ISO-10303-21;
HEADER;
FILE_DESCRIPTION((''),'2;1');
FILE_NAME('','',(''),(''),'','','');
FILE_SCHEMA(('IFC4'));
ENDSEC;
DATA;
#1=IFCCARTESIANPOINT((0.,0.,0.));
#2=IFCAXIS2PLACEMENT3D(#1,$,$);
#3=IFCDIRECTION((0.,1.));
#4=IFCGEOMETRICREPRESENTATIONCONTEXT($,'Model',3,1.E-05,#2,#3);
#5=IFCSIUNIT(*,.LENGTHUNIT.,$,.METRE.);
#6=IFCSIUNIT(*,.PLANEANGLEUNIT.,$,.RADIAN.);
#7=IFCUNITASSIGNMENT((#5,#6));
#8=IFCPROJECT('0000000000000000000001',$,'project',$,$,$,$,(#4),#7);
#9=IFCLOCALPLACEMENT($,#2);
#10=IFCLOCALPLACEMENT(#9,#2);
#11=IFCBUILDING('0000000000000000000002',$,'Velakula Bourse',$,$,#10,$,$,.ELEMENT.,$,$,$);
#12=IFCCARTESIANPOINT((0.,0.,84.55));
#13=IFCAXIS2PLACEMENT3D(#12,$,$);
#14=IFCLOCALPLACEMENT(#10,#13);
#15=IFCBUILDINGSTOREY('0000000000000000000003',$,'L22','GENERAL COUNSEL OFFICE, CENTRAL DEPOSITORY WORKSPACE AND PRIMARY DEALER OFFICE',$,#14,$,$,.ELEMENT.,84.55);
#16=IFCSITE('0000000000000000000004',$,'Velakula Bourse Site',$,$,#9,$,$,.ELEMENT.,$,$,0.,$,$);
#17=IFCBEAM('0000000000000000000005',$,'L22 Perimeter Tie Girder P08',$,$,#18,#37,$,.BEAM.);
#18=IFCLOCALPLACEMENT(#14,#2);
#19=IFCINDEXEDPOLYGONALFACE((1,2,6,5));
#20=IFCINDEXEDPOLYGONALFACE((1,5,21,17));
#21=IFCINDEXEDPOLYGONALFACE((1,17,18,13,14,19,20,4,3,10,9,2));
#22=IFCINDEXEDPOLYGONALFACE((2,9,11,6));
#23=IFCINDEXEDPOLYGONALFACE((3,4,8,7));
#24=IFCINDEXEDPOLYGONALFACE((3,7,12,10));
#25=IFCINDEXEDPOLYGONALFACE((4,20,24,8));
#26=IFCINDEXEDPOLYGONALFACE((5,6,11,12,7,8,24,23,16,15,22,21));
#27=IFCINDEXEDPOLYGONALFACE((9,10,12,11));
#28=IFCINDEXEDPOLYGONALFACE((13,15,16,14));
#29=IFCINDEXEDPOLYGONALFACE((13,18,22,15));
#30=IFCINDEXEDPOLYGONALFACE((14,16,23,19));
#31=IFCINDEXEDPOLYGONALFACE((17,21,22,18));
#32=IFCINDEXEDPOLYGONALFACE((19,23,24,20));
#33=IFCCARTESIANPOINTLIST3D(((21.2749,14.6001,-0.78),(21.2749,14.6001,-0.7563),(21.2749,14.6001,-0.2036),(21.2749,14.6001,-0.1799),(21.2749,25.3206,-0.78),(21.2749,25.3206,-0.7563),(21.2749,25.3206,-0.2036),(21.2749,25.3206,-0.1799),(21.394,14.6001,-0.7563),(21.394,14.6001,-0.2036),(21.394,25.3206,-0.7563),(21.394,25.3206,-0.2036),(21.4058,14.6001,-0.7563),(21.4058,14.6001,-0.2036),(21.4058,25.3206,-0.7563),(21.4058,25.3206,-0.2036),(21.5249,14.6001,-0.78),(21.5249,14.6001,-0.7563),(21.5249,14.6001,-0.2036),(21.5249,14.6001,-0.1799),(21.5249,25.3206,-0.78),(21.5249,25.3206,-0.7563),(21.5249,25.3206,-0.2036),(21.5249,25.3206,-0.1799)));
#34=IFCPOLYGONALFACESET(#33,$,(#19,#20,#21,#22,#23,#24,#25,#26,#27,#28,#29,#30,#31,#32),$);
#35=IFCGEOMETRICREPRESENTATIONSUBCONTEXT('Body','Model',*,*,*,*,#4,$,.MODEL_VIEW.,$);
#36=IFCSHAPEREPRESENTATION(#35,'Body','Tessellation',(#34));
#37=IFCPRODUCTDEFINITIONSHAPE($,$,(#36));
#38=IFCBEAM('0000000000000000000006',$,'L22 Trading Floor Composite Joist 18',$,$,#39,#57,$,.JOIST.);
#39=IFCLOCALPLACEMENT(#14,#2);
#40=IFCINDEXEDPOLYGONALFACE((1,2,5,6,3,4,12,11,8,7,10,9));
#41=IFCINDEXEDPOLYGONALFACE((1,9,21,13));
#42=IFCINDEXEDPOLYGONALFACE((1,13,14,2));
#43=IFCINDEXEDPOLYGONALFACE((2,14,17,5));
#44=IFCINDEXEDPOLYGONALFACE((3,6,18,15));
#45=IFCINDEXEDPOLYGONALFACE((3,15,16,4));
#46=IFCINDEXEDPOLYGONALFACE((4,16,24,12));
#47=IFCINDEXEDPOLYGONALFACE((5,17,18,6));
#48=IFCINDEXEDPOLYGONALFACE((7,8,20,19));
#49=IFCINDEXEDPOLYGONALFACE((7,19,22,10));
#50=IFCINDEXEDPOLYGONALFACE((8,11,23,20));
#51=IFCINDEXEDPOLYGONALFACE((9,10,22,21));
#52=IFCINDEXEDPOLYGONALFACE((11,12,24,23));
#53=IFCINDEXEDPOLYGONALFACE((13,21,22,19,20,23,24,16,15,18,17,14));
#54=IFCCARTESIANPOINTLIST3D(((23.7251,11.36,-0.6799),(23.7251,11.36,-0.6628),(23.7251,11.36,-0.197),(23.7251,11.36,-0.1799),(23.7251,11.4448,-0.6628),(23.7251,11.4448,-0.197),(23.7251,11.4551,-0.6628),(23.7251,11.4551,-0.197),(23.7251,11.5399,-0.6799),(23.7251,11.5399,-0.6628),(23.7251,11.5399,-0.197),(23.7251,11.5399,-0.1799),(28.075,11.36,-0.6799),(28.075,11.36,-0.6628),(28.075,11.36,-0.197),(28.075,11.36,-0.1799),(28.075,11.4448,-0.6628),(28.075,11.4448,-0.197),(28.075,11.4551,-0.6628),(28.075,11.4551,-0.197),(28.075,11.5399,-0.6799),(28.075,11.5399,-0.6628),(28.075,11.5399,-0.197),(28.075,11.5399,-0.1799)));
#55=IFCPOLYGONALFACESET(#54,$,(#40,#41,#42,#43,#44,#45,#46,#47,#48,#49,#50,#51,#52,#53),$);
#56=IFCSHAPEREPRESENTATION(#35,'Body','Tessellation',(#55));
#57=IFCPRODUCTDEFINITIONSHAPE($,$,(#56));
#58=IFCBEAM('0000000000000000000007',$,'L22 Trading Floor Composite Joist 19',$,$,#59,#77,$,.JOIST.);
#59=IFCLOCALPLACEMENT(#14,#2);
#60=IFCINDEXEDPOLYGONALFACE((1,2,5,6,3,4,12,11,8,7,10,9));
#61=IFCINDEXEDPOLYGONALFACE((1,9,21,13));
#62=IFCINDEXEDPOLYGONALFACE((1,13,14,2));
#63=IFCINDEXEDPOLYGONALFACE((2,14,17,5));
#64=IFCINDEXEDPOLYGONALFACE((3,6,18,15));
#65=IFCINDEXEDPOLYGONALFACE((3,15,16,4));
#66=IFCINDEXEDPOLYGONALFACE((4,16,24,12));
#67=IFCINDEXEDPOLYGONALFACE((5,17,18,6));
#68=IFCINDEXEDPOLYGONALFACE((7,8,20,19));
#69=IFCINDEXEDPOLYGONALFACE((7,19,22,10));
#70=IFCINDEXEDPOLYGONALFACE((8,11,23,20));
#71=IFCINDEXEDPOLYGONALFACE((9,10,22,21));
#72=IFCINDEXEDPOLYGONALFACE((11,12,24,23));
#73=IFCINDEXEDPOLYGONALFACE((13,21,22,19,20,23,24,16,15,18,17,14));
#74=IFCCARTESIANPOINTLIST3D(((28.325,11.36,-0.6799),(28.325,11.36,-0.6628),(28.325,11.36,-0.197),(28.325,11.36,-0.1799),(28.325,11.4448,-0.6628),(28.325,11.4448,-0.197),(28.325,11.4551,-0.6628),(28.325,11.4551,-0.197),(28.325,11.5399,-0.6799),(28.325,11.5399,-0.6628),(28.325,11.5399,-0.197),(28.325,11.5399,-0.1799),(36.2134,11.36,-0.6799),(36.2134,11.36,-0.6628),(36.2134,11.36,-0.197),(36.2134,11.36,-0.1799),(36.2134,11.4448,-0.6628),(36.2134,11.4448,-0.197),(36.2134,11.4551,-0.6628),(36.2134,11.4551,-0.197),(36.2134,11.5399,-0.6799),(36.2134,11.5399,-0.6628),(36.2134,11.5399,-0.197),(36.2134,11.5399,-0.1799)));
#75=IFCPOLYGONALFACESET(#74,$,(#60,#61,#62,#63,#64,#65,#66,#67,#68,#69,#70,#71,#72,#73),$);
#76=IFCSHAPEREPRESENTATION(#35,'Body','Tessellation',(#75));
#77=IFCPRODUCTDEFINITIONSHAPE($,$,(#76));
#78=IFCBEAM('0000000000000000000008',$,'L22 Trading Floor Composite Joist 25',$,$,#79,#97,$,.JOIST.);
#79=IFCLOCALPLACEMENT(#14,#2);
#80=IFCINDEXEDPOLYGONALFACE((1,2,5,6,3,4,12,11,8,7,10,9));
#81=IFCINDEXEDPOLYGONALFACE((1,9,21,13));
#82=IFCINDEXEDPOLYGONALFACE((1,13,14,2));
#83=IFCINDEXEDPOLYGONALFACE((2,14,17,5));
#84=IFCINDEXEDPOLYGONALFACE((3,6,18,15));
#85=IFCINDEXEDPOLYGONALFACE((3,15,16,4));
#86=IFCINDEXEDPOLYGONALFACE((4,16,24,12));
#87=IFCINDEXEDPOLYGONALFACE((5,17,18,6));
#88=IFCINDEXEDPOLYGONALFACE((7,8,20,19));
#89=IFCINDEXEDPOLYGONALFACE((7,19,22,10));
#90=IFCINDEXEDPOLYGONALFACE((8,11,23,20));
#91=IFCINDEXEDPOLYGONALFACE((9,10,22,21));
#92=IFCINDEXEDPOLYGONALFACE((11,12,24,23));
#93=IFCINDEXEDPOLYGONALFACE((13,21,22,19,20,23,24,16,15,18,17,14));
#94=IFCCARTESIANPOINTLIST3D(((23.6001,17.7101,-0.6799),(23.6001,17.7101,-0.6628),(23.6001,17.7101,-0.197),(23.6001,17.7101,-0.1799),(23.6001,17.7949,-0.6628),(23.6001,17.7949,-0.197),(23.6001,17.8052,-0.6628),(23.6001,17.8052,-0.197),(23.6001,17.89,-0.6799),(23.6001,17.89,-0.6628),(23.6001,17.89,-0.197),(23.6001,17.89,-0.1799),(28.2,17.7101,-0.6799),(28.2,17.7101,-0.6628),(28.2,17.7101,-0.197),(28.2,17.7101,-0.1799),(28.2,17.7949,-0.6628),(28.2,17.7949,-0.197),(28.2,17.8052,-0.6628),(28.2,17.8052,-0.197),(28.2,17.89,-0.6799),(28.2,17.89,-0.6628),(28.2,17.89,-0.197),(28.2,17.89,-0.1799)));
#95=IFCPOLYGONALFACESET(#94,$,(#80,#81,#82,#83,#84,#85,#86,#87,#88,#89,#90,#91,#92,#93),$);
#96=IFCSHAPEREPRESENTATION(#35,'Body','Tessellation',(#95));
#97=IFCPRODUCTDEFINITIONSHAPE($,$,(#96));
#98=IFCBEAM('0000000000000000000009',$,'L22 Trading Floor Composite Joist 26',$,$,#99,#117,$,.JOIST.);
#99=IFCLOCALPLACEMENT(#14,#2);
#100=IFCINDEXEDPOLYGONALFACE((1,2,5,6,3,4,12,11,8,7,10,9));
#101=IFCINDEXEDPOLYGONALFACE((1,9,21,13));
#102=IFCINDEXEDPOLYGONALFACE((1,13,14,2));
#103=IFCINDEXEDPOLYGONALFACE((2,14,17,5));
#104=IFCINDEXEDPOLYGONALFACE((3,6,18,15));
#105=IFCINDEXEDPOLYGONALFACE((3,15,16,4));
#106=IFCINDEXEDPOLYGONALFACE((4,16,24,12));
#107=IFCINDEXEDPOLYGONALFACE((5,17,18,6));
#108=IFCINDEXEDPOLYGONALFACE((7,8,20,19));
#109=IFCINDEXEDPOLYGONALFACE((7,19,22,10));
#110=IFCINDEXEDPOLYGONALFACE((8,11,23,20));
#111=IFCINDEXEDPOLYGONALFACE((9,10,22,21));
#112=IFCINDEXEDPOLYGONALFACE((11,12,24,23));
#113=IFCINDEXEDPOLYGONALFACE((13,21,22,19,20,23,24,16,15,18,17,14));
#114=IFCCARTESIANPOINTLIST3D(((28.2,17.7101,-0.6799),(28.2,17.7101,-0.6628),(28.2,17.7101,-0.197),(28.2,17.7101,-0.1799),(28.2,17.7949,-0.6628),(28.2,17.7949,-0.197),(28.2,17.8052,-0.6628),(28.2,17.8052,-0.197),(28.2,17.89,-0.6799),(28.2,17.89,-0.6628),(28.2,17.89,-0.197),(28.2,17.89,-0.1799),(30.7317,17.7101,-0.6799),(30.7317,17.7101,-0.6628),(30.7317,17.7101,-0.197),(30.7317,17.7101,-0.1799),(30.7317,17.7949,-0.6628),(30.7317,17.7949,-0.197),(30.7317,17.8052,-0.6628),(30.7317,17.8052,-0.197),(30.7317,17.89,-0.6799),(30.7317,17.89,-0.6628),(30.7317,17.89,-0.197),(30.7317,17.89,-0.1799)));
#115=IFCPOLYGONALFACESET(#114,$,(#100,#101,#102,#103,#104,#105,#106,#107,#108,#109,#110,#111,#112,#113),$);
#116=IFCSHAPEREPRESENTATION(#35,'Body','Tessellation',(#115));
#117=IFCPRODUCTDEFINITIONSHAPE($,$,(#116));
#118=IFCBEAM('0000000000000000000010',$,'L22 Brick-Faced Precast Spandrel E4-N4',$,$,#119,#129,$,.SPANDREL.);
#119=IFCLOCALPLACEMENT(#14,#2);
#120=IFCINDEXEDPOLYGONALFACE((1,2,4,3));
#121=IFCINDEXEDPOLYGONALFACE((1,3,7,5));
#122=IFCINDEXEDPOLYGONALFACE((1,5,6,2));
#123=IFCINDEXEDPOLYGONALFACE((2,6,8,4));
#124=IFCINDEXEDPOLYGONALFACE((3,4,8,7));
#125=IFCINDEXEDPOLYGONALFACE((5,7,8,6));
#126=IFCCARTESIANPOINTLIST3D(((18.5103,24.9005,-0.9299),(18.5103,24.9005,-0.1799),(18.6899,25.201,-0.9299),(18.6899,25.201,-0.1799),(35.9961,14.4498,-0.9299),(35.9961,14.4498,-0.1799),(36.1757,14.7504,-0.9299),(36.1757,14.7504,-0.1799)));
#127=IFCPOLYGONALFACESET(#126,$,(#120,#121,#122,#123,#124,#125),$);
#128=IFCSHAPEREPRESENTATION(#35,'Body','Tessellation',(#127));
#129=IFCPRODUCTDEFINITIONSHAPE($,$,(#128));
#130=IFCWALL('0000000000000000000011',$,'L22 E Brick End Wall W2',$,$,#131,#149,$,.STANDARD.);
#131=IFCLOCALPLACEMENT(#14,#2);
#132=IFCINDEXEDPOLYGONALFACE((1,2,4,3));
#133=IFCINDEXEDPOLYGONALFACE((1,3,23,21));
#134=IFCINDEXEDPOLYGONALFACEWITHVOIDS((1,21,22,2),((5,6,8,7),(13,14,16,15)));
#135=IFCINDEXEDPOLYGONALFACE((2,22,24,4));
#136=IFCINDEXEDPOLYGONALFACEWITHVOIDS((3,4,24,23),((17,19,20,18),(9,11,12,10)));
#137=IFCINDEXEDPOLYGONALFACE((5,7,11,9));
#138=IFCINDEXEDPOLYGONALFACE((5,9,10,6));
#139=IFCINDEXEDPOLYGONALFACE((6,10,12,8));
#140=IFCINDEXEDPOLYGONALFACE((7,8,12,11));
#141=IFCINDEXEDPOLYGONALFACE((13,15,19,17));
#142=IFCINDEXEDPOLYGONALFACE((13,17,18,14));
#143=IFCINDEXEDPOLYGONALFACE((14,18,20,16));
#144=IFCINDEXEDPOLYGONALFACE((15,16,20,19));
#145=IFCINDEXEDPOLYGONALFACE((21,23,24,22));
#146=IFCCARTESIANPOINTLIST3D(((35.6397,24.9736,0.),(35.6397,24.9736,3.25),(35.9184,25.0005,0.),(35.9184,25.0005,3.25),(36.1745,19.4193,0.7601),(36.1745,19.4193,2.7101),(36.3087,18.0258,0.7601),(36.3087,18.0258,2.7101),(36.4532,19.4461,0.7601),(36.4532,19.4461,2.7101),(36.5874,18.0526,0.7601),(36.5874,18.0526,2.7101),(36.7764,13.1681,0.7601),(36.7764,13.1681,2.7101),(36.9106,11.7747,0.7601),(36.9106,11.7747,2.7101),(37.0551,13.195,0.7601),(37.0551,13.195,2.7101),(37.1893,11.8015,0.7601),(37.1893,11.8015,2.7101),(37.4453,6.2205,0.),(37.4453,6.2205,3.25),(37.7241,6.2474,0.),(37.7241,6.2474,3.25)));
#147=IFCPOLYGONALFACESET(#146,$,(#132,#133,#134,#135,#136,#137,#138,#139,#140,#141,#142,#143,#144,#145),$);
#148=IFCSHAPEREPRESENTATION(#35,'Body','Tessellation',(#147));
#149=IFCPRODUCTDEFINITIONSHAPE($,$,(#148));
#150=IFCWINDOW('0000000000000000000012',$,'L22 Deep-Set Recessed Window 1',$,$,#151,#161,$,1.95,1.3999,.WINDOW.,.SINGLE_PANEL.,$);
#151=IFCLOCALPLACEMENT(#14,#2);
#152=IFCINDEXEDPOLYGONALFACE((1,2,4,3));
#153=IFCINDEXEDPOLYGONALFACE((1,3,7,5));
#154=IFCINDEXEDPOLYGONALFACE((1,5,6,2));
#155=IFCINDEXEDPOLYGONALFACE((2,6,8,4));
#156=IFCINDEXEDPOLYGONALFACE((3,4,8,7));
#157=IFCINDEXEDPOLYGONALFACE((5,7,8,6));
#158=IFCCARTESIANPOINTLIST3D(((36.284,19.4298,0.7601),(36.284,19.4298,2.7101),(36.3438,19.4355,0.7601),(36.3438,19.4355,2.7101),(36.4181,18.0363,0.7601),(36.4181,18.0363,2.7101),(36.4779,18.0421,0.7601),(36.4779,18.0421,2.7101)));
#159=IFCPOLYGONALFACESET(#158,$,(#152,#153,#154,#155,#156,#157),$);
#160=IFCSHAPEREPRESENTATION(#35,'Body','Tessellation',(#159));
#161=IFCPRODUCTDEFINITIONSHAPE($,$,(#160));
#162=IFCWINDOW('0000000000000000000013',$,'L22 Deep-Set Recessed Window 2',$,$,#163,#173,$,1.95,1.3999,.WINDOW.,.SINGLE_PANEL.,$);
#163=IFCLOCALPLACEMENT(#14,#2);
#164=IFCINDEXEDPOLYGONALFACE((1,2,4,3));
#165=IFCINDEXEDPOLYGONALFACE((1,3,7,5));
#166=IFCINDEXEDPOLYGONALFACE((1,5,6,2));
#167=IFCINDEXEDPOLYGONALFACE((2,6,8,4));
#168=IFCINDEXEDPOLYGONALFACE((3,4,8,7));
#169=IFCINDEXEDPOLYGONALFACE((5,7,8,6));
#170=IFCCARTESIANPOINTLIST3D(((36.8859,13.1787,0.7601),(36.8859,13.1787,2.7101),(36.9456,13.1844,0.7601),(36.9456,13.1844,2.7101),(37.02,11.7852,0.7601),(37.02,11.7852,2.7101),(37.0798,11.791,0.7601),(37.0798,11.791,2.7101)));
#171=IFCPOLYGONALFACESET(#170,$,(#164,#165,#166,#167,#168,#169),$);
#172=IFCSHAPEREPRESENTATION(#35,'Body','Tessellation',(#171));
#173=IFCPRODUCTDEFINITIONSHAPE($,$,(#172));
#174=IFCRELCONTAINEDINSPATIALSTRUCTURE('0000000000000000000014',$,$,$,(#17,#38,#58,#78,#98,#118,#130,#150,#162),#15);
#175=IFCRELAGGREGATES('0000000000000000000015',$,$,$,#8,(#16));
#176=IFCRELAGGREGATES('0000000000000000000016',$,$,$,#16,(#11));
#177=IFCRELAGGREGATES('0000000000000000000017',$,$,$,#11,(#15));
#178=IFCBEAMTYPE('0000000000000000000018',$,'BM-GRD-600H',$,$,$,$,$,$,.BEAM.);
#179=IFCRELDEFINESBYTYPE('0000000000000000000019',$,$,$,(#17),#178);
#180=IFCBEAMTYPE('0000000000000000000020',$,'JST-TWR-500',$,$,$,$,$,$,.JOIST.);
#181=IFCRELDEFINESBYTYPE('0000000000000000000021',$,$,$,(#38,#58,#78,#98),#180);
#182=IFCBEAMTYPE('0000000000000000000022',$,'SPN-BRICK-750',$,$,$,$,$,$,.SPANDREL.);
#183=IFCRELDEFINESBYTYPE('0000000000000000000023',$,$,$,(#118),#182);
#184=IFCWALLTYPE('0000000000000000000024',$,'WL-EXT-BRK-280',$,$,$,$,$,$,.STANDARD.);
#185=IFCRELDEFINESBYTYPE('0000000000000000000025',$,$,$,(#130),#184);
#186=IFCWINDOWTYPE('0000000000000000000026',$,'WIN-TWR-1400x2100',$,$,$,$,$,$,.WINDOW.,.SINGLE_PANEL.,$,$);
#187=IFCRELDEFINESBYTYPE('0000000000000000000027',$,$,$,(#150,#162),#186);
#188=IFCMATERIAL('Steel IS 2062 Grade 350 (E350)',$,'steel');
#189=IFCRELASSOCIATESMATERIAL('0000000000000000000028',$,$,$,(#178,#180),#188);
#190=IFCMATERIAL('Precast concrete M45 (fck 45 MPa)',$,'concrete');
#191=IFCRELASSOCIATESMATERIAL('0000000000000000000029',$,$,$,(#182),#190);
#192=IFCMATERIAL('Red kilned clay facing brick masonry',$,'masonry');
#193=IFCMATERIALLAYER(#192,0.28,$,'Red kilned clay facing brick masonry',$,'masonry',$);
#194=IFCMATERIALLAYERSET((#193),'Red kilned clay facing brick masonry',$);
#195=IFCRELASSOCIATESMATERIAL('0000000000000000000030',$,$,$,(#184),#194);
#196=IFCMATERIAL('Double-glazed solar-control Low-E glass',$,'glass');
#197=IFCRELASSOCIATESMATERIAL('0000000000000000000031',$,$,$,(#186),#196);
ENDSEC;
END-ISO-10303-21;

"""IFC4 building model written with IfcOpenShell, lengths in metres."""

from ifc_helpers import new_model, si_unit, direction, frame, frame_2d, origin, origin_2d, place, context, subcontext, project, spatial, rectangle, i_section, extrude, material, layer, layer_set, material_profile, profile_set, type_object, element, fill, save


model = new_model("IFC4")

# Units and contexts
model_context = context("Model", 3, precision=1e-05, world=origin(), true_north=direction((0.0, 1.0)))
body_context = subcontext(model_context, "Body", "Model", "MODEL_VIEW")
ifc_project = project(units=[si_unit("LENGTHUNIT", "METRE"), si_unit("PLANEANGLEUNIT", "RADIAN")], contexts=[model_context])

# Site, building, storey
site_placement = place(None, origin())
site = spatial("IfcSite", under=ifc_project, at=site_placement, Name="Velakula Bourse Site", CompositionType="ELEMENT", RefElevation=0.0)
building_placement = place(site_placement, origin())
building = spatial("IfcBuilding", under=site, at=building_placement, Name="Velakula Bourse", CompositionType="ELEMENT")
storey_placement = place(building_placement, frame((0.0, 0.0, 84.55)))
storey = spatial("IfcBuildingStorey", under=building, at=storey_placement, Name="L22", Description="GENERAL COUNSEL OFFICE, CENTRAL DEPOSITORY WORKSPACE AND PRIMARY DEALER OFFICE", CompositionType="ELEMENT", Elevation=84.55)

# Shared definitions
ifc_material_1 = material(Name="Precast concrete M45 (fck 45 MPa)", Category="concrete")

# Beams
ifc_material_2 = material(Name="Steel IS 2062 Grade 350 (E350)", Category="steel")
ifc_material_profile_1 = material_profile(ifc_material_2, i_section(OverallWidth=0.25, OverallDepth=0.6001, WebThickness=0.0117, FlangeThickness=0.0237, at=origin_2d()), Name="Steel IS 2062 Grade 350 (E350)")
ifc_profile_set_1 = profile_set([ifc_material_profile_1], Name="Steel IS 2062 Grade 350 (E350)")
beam_type_1 = type_object("IfcBeamType", Name="BM-GRD-600H", PredefinedType="BEAM", material=ifc_profile_set_1)
beam_1_placement = place(storey_placement, frame((21.3999, 14.6001, -0.48), z_axis=(0.0, 1.0, 0.0), x_axis=(-1.0, 0.0, 0.0)))
element("IfcBeam", 1, at=beam_1_placement, inside=storey, type_object=beam_type_1, Name="L22 Perimeter Tie Girder P08", PredefinedType="BEAM", context=body_context, shape_type="SweptSolid", body=[
    extrude(i_section(OverallWidth=0.25, OverallDepth=0.6001, WebThickness=0.0117, FlangeThickness=0.0237, at=origin_2d()), origin(), (0.0, 0.0, 1.0), 10.7205),
])
ifc_material_profile_2 = material_profile(ifc_material_2, i_section(OverallWidth=0.1799, OverallDepth=0.5, WebThickness=0.0103, FlangeThickness=0.0171, at=origin_2d()), Name="Steel IS 2062 Grade 350 (E350)")
ifc_profile_set_2 = profile_set([ifc_material_profile_2], Name="Steel IS 2062 Grade 350 (E350)")
beam_type_2 = type_object("IfcBeamType", Name="JST-TWR-500", PredefinedType="JOIST", material=ifc_profile_set_2)
beam_2_placement = place(storey_placement, frame((23.7251, 11.45, -0.4299), z_axis=(1.0, 0.0, 0.0), x_axis=(0.0, 1.0, 0.0)))
element("IfcBeam", 2, at=beam_2_placement, inside=storey, type_object=beam_type_2, Name="L22 Trading Floor Composite Joist 18", PredefinedType="JOIST", context=body_context, shape_type="SweptSolid", body=[
    extrude(i_section(OverallWidth=0.1799, OverallDepth=0.5, WebThickness=0.0103, FlangeThickness=0.0171, at=origin_2d()), origin(), (0.0, 0.0, 1.0), 4.3499),
])
beam_3_placement = place(storey_placement, frame((28.325, 11.45, -0.4299), z_axis=(1.0, 0.0, 0.0), x_axis=(0.0, 1.0, 0.0)))
element("IfcBeam", 3, at=beam_3_placement, inside=storey, type_object=beam_type_2, Name="L22 Trading Floor Composite Joist 19", PredefinedType="JOIST", context=body_context, shape_type="SweptSolid", body=[
    extrude(i_section(OverallWidth=0.1799, OverallDepth=0.5, WebThickness=0.0103, FlangeThickness=0.0171, at=origin_2d()), origin(), (0.0, 0.0, 1.0), 7.8884),
])
beam_4_placement = place(storey_placement, frame((23.6001, 17.8, -0.4299), z_axis=(1.0, 0.0, 0.0), x_axis=(0.0, 1.0, 0.0)))
element("IfcBeam", 4, at=beam_4_placement, inside=storey, type_object=beam_type_2, Name="L22 Trading Floor Composite Joist 25", PredefinedType="JOIST", context=body_context, shape_type="SweptSolid", body=[
    extrude(i_section(OverallWidth=0.1799, OverallDepth=0.5, WebThickness=0.0103, FlangeThickness=0.0171, at=origin_2d()), origin(), (0.0, 0.0, 1.0), 4.5999),
])
beam_5_placement = place(storey_placement, frame((28.2, 17.8, -0.4299), z_axis=(1.0, 0.0, 0.0), x_axis=(0.0, 1.0, 0.0)))
element("IfcBeam", 5, at=beam_5_placement, inside=storey, type_object=beam_type_2, Name="L22 Trading Floor Composite Joist 26", PredefinedType="JOIST", context=body_context, shape_type="SweptSolid", body=[
    extrude(i_section(OverallWidth=0.1799, OverallDepth=0.5, WebThickness=0.0103, FlangeThickness=0.0171, at=origin_2d()), origin(), (0.0, 0.0, 1.0), 2.5317),
])
ifc_material_profile_3 = material_profile(ifc_material_1, rectangle(XDim=0.3501, YDim=0.75, at=origin_2d()), Name="Precast concrete M45 (fck 45 MPa)")
ifc_profile_set_3 = profile_set([ifc_material_profile_3], Name="Precast concrete M45 (fck 45 MPa)")
beam_type_3 = type_object("IfcBeamType", Name="SPN-BRICK-750", PredefinedType="SPANDREL", material=ifc_profile_set_3)
beam_6_placement = place(storey_placement, frame((36.0859, 14.6001, -0.5549), z_axis=(-0.858376, 0.513022, 0.0), x_axis=(-0.513022, -0.858376, 0.0)))
element("IfcBeam", 6, at=beam_6_placement, inside=storey, type_object=beam_type_3, Name="L22 Brick-Faced Precast Spandrel E4-N4", PredefinedType="SPANDREL", context=body_context, shape_type="SweptSolid", body=[
    extrude(rectangle(XDim=0.3501, YDim=0.75, at=origin_2d()), origin(), (0.0, 0.0, 1.0), 20.3708),
])

# Wall, openings, windows
ifc_material_3 = material(Name="Red kilned clay facing brick masonry", Category="masonry")
ifc_layer_1 = layer(ifc_material_3, 0.28, Name="Red kilned clay facing brick masonry", Category="masonry")
ifc_layer_set_1 = layer_set([ifc_layer_1], Name="Red kilned clay facing brick masonry")
wall_type_1 = type_object("IfcWallType", Name="WL-EXT-BRK-280", PredefinedType="STANDARD", material=ifc_layer_set_1)
wall_1_placement = place(storey_placement, frame((35.7791, 24.9871, 0.0), z_axis=(0.0, 0.0, 1.0), x_axis=(0.095843, -0.995397, 0.0)))
wall_1 = element("IfcWall", 7, at=wall_1_placement, inside=storey, type_object=wall_type_1, Name="L22 E Brick End Wall W2", PredefinedType="STANDARD", context=body_context, shape_type="SweptSolid", body=[
    extrude(rectangle(XDim=18.8398, YDim=0.28, at=frame_2d((9.4199, 0.0))), origin(), (0.0, 0.0, 1.0), 3.25),
])
opening_1_placement = place(wall_1_placement, frame((5.5801, 0.0, 0.76)))
opening_1 = element("IfcOpeningElement", 8, at=opening_1_placement, cuts=wall_1, PredefinedType="OPENING", context=body_context, shape_type="SweptSolid", body=[
    extrude(rectangle(XDim=1.3999, YDim=1.95, at=frame_2d((0.7, 0.9751))), frame((0.0, 0.1499, 0.0), z_axis=(0.0, -1.0, 0.0), x_axis=(1.0, 0.0, 0.0)), (0.0, 0.0, 1.0), 0.3),
])
opening_2_placement = place(wall_1_placement, frame((11.8601, 0.0, 0.76)))
opening_2 = element("IfcOpeningElement", 9, at=opening_2_placement, cuts=wall_1, PredefinedType="OPENING", context=body_context, shape_type="SweptSolid", body=[
    extrude(rectangle(XDim=1.3999, YDim=1.95, at=frame_2d((0.7, 0.9751))), frame((0.0, 0.1499, 0.0), z_axis=(0.0, -1.0, 0.0), x_axis=(1.0, 0.0, 0.0)), (0.0, 0.0, 1.0), 0.3),
])
ifc_material_4 = material(Name="Double-glazed solar-control Low-E glass", Category="glass")
window_type = type_object("IfcWindowType", Name="WIN-TWR-1400x2100", PartitioningType="SINGLE_PANEL", PredefinedType="WINDOW", material=ifc_material_4)
window_1_placement = place(opening_1_placement, origin())
window_1 = element("IfcWindow", 10, at=window_1_placement, inside=storey, type_object=window_type, Name="L22 Deep-Set Recessed Window 1", OverallHeight=1.95, OverallWidth=1.3999, PartitioningType="SINGLE_PANEL", PredefinedType="WINDOW", context=body_context, shape_type="SweptSolid", body=[
    extrude(rectangle(XDim=1.3999, YDim=1.95, at=frame_2d((0.7, 0.9751))), frame((0.0, 0.03, 0.0), z_axis=(0.0, -1.0, 0.0), x_axis=(1.0, 0.0, 0.0)), (0.0, 0.0, 1.0), 0.0601),
])
fill(opening_1, window_1)
window_2_placement = place(opening_2_placement, origin())
window_2 = element("IfcWindow", 11, at=window_2_placement, inside=storey, type_object=window_type, Name="L22 Deep-Set Recessed Window 2", OverallHeight=1.95, OverallWidth=1.3999, PartitioningType="SINGLE_PANEL", PredefinedType="WINDOW", context=body_context, shape_type="SweptSolid", body=[
    extrude(rectangle(XDim=1.3999, YDim=1.95, at=frame_2d((0.7, 0.9751))), frame((0.0, 0.03, 0.0), z_axis=(0.0, -1.0, 0.0), x_axis=(1.0, 0.0, 0.0)), (0.0, 0.0, 1.0), 0.0601),
])
fill(opening_2, window_2)

save(model, "model.ifc")
